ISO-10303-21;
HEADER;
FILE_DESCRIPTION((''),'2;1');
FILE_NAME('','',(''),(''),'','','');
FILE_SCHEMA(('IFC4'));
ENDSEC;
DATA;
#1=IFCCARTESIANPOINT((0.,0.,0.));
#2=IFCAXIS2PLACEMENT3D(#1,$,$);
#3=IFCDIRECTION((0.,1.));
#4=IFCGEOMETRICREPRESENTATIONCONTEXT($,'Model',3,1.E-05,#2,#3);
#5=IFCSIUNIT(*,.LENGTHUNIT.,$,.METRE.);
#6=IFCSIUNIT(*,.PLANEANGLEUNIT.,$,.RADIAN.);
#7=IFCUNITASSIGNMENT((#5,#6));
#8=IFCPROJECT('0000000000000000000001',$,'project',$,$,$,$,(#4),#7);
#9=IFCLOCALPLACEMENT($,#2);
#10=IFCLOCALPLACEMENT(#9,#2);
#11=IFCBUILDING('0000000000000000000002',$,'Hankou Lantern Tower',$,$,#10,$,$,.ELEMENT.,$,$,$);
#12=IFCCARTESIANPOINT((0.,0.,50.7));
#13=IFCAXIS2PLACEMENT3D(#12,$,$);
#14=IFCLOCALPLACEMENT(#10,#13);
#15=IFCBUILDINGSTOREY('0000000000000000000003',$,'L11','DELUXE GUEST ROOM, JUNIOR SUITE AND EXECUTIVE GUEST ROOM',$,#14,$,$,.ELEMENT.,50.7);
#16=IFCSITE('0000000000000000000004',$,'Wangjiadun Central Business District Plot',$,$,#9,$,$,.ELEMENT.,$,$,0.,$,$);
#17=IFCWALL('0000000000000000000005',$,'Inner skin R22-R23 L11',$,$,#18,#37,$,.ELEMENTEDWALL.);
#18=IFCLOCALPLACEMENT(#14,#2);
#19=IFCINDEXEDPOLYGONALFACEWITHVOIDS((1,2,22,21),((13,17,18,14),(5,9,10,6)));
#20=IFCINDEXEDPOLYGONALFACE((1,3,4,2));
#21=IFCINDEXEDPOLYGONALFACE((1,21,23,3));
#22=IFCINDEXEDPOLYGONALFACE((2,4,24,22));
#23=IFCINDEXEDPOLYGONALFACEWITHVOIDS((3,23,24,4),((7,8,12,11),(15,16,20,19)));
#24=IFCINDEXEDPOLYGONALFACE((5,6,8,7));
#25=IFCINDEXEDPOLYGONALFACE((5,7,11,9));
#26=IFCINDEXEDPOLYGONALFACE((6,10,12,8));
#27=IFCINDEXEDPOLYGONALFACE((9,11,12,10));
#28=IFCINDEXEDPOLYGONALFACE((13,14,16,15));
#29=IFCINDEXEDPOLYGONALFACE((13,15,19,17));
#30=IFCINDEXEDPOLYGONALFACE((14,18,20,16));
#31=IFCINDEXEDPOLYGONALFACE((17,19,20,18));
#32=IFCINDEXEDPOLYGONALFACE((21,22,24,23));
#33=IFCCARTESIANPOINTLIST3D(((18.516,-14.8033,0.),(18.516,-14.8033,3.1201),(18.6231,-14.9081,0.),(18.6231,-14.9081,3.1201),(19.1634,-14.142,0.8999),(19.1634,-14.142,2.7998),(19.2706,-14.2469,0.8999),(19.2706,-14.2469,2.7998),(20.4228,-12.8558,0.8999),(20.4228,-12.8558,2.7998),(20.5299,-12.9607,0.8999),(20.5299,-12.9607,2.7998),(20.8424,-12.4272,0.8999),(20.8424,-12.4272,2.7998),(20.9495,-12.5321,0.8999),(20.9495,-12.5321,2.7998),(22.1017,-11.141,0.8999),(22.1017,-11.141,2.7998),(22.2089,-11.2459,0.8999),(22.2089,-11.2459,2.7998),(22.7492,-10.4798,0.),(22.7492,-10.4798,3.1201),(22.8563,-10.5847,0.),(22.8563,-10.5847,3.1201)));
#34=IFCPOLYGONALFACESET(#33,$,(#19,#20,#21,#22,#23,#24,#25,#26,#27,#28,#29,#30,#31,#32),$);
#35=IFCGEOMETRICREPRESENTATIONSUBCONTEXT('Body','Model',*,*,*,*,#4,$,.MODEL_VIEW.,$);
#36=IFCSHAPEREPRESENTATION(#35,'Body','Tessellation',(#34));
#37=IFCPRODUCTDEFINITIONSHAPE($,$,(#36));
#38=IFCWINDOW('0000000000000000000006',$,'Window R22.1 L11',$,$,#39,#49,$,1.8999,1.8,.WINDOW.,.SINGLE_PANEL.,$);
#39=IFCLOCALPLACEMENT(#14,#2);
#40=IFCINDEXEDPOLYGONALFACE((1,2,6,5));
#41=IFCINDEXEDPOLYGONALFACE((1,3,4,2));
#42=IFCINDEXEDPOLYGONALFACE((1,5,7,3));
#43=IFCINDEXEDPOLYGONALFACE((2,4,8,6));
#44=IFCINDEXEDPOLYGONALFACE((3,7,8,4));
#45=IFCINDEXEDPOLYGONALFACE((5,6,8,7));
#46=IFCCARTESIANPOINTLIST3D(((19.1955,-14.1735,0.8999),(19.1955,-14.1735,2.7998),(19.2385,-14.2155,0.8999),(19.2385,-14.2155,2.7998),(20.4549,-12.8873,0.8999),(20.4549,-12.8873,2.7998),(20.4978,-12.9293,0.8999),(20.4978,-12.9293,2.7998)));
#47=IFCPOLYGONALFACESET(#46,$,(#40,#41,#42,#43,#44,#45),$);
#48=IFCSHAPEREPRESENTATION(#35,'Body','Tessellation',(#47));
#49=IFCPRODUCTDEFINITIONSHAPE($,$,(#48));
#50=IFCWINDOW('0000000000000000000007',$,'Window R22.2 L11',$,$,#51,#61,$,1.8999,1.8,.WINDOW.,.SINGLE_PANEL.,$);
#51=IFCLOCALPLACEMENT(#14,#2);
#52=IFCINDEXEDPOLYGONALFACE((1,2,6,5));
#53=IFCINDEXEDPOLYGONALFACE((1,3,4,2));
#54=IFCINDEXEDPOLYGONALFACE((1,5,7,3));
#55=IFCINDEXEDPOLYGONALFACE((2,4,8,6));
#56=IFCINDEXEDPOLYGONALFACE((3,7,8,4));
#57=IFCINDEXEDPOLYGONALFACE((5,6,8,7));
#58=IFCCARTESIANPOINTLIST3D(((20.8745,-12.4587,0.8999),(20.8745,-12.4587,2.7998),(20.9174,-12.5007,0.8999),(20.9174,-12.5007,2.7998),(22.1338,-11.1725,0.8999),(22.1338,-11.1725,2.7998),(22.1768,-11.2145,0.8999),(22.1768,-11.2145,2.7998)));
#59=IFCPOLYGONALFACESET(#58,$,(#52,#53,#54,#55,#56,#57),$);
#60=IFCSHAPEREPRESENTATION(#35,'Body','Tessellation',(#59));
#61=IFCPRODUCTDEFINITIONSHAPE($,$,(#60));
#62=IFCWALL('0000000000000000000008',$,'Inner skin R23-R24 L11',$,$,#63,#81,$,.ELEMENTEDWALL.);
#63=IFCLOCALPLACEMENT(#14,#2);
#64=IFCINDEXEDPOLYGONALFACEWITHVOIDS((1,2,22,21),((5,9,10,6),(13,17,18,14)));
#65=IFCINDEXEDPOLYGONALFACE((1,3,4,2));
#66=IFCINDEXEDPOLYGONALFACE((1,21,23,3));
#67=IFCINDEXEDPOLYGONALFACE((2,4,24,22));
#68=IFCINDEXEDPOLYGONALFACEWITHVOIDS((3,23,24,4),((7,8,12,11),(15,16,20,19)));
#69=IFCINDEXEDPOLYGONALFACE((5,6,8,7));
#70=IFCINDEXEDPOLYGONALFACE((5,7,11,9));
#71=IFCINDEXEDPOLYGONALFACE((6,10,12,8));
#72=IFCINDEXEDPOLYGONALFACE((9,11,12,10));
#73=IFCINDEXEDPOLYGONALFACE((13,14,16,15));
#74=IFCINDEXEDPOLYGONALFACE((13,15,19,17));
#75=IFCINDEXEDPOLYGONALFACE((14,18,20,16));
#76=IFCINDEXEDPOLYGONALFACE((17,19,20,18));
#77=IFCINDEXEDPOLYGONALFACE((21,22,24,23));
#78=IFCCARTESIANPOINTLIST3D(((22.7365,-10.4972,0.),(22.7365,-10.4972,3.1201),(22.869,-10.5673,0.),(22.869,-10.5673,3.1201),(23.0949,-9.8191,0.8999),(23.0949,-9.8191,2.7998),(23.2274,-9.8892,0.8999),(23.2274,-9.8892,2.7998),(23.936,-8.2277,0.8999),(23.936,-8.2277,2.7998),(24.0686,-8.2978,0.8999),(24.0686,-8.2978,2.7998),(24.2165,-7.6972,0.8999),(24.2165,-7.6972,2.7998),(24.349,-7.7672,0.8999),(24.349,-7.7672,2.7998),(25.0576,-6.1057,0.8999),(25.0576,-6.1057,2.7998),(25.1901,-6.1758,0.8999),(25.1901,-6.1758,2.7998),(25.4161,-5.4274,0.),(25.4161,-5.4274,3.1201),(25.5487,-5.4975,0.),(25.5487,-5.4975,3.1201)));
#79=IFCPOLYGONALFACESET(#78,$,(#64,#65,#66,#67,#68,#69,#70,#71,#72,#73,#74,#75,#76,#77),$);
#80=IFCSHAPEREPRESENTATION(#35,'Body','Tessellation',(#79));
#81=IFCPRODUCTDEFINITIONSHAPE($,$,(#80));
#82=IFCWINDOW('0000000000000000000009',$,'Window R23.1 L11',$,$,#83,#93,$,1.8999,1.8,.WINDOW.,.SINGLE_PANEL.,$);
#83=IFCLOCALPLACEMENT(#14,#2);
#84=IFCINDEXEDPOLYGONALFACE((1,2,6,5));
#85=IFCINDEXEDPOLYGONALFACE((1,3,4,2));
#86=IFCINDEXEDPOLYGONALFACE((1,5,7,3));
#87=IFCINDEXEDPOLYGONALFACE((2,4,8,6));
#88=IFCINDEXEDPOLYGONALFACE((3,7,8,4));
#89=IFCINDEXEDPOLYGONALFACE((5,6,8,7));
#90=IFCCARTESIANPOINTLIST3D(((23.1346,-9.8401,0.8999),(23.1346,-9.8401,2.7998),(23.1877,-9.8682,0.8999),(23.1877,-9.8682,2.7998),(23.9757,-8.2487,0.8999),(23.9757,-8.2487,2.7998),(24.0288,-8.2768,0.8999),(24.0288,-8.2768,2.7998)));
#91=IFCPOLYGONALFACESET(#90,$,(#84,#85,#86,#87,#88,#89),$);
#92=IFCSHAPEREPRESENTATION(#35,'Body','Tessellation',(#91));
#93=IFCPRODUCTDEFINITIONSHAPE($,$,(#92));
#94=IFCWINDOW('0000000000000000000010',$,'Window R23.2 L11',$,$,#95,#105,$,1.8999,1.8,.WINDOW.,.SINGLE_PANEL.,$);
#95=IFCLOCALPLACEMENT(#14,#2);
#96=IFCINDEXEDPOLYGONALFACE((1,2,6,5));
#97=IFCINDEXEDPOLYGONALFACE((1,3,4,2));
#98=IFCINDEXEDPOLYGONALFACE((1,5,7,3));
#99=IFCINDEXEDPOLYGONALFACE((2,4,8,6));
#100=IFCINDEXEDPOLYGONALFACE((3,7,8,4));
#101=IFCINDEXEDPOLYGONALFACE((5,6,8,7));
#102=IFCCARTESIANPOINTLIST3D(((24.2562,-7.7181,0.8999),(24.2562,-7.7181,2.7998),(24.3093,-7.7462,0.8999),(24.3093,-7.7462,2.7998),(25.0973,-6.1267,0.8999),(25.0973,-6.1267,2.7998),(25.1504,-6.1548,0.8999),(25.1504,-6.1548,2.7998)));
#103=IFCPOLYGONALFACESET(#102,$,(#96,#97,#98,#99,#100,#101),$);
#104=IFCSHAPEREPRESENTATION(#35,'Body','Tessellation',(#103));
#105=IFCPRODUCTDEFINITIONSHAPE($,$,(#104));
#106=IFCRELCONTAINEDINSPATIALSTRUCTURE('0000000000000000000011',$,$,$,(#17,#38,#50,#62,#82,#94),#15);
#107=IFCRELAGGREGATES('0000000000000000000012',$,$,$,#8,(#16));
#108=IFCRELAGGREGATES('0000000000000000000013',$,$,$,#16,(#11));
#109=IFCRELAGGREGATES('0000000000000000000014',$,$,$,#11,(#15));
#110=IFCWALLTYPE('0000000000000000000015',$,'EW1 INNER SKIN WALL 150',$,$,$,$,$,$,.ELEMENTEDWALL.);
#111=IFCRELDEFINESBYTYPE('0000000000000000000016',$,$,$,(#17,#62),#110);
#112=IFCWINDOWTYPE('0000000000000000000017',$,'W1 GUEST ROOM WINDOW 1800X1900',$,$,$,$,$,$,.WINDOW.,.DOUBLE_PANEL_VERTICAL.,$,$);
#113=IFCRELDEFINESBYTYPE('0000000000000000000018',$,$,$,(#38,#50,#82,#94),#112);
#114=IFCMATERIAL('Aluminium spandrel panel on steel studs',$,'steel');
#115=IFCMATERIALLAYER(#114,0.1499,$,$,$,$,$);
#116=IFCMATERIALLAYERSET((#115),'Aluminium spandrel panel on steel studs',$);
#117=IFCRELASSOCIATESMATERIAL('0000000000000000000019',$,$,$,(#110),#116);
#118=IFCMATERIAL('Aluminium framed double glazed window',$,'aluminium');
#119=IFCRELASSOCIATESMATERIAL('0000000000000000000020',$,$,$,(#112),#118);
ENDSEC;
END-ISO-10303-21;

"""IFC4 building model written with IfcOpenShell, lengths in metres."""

from ifc_helpers import new_model, si_unit, direction, frame, frame_2d, origin, place, context, subcontext, project, spatial, rectangle, extrude, material, layer, layer_set, type_object, element, fill, save


model = new_model("IFC4")

# Units and contexts
model_context = context("Model", 3, precision=1e-05, world=origin(), true_north=direction((0.0, 1.0)))
body_context = subcontext(model_context, "Body", "Model", "MODEL_VIEW")
ifc_project = project(units=[si_unit("LENGTHUNIT", "METRE"), si_unit("PLANEANGLEUNIT", "RADIAN")], contexts=[model_context])

# Site, building, storey
site_placement = place(None, origin())
site = spatial("IfcSite", under=ifc_project, at=site_placement, Name="Wangjiadun Central Business District Plot", CompositionType="ELEMENT", RefElevation=0.0)
building_placement = place(site_placement, origin())
building = spatial("IfcBuilding", under=site, at=building_placement, Name="Hankou Lantern Tower", CompositionType="ELEMENT")
storey_placement = place(building_placement, frame((0.0, 0.0, 50.7)))
storey = spatial("IfcBuildingStorey", under=building, at=storey_placement, Name="L11", Description="DELUXE GUEST ROOM, JUNIOR SUITE AND EXECUTIVE GUEST ROOM", CompositionType="ELEMENT", Elevation=50.7)

# Walls, openings, windows
ifc_material_1 = material(Name="Aluminium spandrel panel on steel studs", Category="steel")
ifc_layer_1 = layer(ifc_material_1, 0.1499)
ifc_layer_set_1 = layer_set([ifc_layer_1], Name="Aluminium spandrel panel on steel studs")
wall_type = type_object("IfcWallType", Name="EW1 INNER SKIN WALL 150", PredefinedType="ELEMENTEDWALL", material=ifc_layer_set_1)
wall_1_placement = place(storey_placement, frame((18.5696, -14.8557, 0.0), z_axis=(0.0, 0.0, 1.0), x_axis=(0.699603, 0.714532, 0.0)))
wall_1 = element("IfcWall", 1, at=wall_1_placement, inside=storey, type_object=wall_type, Name="Inner skin R22-R23 L11", PredefinedType="ELEMENTEDWALL", context=body_context, shape_type="SweptSolid", body=[
    extrude(rectangle(XDim=6.0508, YDim=0.1499, at=frame_2d((3.0254, 0.0))), origin(), (0.0, 0.0, 1.0), 3.1201),
])
opening_1_placement = place(wall_1_placement, frame((0.9255, 0.0, 0.8999)))
opening_1 = element("IfcOpeningElement", 2, at=opening_1_placement, cuts=wall_1, PredefinedType="OPENING", context=body_context, shape_type="SweptSolid", body=[
    extrude(rectangle(XDim=1.8, YDim=1.8999, at=frame_2d((0.8999, 0.95))), frame((0.0, 0.085, 0.0), z_axis=(0.0, -1.0, 0.0), x_axis=(1.0, 0.0, 0.0)), (0.0, 0.0, 1.0), 0.1699),
])
opening_2_placement = place(wall_1_placement, frame((3.3254, 0.0, 0.8999)))
opening_2 = element("IfcOpeningElement", 3, at=opening_2_placement, cuts=wall_1, PredefinedType="OPENING", context=body_context, shape_type="SweptSolid", body=[
    extrude(rectangle(XDim=1.8, YDim=1.8999, at=frame_2d((0.8999, 0.95))), frame((0.0, 0.085, 0.0), z_axis=(0.0, -1.0, 0.0), x_axis=(1.0, 0.0, 0.0)), (0.0, 0.0, 1.0), 0.1699),
])
ifc_material_2 = material(Name="Aluminium framed double glazed window", Category="aluminium")
window_type = type_object("IfcWindowType", Name="W1 GUEST ROOM WINDOW 1800X1900", PartitioningType="DOUBLE_PANEL_VERTICAL", PredefinedType="WINDOW", material=ifc_material_2)
window_1_placement = place(opening_1_placement, origin())
window_1 = element("IfcWindow", 4, at=window_1_placement, inside=storey, type_object=window_type, Name="Window R22.1 L11", OverallHeight=1.8999, OverallWidth=1.8, PartitioningType="SINGLE_PANEL", PredefinedType="WINDOW", context=body_context, shape_type="SweptSolid", body=[
    extrude(rectangle(XDim=1.8, YDim=1.8999, at=frame_2d((0.8999, 0.95))), frame((0.0, 0.03, 0.0), z_axis=(0.0, -1.0, 0.0), x_axis=(1.0, 0.0, 0.0)), (0.0, 0.0, 1.0), 0.0601),
])
fill(opening_1, window_1)
window_2_placement = place(opening_2_placement, origin())
window_2 = element("IfcWindow", 5, at=window_2_placement, inside=storey, type_object=window_type, Name="Window R22.2 L11", OverallHeight=1.8999, OverallWidth=1.8, PartitioningType="SINGLE_PANEL", PredefinedType="WINDOW", context=body_context, shape_type="SweptSolid", body=[
    extrude(rectangle(XDim=1.8, YDim=1.8999, at=frame_2d((0.8999, 0.95))), frame((0.0, 0.03, 0.0), z_axis=(0.0, -1.0, 0.0), x_axis=(1.0, 0.0, 0.0)), (0.0, 0.0, 1.0), 0.0601),
])
fill(opening_2, window_2)
wall_2_placement = place(storey_placement, frame((22.8027, -10.5322, 0.0), z_axis=(0.0, 0.0, 1.0), x_axis=(0.467297, 0.8841, 0.0)))
wall_2 = element("IfcWall", 6, at=wall_2_placement, inside=storey, type_object=wall_type, Name="Inner skin R23-R24 L11", PredefinedType="ELEMENTEDWALL", context=body_context, shape_type="SweptSolid", body=[
    extrude(rectangle(XDim=5.7344, YDim=0.1499, at=frame_2d((2.8672, 0.0))), origin(), (0.0, 0.0, 1.0), 3.1201),
])
opening_3_placement = place(wall_2_placement, frame((0.7671, 0.0, 0.8999)))
opening_3 = element("IfcOpeningElement", 7, at=opening_3_placement, cuts=wall_2, PredefinedType="OPENING", context=body_context, shape_type="SweptSolid", body=[
    extrude(rectangle(XDim=1.8, YDim=1.8999, at=frame_2d((0.8999, 0.95))), frame((0.0, 0.085, 0.0), z_axis=(0.0, -1.0, 0.0), x_axis=(1.0, 0.0, 0.0)), (0.0, 0.0, 1.0), 0.1699),
])
opening_4_placement = place(wall_2_placement, frame((3.1672, 0.0, 0.8999)))
opening_4 = element("IfcOpeningElement", 8, at=opening_4_placement, cuts=wall_2, PredefinedType="OPENING", context=body_context, shape_type="SweptSolid", body=[
    extrude(rectangle(XDim=1.8, YDim=1.8999, at=frame_2d((0.8999, 0.95))), frame((0.0, 0.085, 0.0), z_axis=(0.0, -1.0, 0.0), x_axis=(1.0, 0.0, 0.0)), (0.0, 0.0, 1.0), 0.1699),
])
window_3_placement = place(opening_3_placement, origin())
window_3 = element("IfcWindow", 9, at=window_3_placement, inside=storey, type_object=window_type, Name="Window R23.1 L11", OverallHeight=1.8999, OverallWidth=1.8, PartitioningType="SINGLE_PANEL", PredefinedType="WINDOW", context=body_context, shape_type="SweptSolid", body=[
    extrude(rectangle(XDim=1.8, YDim=1.8999, at=frame_2d((0.8999, 0.95))), frame((0.0, 0.03, 0.0), z_axis=(0.0, -1.0, 0.0), x_axis=(1.0, 0.0, 0.0)), (0.0, 0.0, 1.0), 0.0601),
])
fill(opening_3, window_3)
window_4_placement = place(opening_4_placement, origin())
window_4 = element("IfcWindow", 10, at=window_4_placement, inside=storey, type_object=window_type, Name="Window R23.2 L11", OverallHeight=1.8999, OverallWidth=1.8, PartitioningType="SINGLE_PANEL", PredefinedType="WINDOW", context=body_context, shape_type="SweptSolid", body=[
    extrude(rectangle(XDim=1.8, YDim=1.8999, at=frame_2d((0.8999, 0.95))), frame((0.0, 0.03, 0.0), z_axis=(0.0, -1.0, 0.0), x_axis=(1.0, 0.0, 0.0)), (0.0, 0.0, 1.0), 0.0601),
])
fill(opening_4, window_4)

save(model, "model.ifc")
